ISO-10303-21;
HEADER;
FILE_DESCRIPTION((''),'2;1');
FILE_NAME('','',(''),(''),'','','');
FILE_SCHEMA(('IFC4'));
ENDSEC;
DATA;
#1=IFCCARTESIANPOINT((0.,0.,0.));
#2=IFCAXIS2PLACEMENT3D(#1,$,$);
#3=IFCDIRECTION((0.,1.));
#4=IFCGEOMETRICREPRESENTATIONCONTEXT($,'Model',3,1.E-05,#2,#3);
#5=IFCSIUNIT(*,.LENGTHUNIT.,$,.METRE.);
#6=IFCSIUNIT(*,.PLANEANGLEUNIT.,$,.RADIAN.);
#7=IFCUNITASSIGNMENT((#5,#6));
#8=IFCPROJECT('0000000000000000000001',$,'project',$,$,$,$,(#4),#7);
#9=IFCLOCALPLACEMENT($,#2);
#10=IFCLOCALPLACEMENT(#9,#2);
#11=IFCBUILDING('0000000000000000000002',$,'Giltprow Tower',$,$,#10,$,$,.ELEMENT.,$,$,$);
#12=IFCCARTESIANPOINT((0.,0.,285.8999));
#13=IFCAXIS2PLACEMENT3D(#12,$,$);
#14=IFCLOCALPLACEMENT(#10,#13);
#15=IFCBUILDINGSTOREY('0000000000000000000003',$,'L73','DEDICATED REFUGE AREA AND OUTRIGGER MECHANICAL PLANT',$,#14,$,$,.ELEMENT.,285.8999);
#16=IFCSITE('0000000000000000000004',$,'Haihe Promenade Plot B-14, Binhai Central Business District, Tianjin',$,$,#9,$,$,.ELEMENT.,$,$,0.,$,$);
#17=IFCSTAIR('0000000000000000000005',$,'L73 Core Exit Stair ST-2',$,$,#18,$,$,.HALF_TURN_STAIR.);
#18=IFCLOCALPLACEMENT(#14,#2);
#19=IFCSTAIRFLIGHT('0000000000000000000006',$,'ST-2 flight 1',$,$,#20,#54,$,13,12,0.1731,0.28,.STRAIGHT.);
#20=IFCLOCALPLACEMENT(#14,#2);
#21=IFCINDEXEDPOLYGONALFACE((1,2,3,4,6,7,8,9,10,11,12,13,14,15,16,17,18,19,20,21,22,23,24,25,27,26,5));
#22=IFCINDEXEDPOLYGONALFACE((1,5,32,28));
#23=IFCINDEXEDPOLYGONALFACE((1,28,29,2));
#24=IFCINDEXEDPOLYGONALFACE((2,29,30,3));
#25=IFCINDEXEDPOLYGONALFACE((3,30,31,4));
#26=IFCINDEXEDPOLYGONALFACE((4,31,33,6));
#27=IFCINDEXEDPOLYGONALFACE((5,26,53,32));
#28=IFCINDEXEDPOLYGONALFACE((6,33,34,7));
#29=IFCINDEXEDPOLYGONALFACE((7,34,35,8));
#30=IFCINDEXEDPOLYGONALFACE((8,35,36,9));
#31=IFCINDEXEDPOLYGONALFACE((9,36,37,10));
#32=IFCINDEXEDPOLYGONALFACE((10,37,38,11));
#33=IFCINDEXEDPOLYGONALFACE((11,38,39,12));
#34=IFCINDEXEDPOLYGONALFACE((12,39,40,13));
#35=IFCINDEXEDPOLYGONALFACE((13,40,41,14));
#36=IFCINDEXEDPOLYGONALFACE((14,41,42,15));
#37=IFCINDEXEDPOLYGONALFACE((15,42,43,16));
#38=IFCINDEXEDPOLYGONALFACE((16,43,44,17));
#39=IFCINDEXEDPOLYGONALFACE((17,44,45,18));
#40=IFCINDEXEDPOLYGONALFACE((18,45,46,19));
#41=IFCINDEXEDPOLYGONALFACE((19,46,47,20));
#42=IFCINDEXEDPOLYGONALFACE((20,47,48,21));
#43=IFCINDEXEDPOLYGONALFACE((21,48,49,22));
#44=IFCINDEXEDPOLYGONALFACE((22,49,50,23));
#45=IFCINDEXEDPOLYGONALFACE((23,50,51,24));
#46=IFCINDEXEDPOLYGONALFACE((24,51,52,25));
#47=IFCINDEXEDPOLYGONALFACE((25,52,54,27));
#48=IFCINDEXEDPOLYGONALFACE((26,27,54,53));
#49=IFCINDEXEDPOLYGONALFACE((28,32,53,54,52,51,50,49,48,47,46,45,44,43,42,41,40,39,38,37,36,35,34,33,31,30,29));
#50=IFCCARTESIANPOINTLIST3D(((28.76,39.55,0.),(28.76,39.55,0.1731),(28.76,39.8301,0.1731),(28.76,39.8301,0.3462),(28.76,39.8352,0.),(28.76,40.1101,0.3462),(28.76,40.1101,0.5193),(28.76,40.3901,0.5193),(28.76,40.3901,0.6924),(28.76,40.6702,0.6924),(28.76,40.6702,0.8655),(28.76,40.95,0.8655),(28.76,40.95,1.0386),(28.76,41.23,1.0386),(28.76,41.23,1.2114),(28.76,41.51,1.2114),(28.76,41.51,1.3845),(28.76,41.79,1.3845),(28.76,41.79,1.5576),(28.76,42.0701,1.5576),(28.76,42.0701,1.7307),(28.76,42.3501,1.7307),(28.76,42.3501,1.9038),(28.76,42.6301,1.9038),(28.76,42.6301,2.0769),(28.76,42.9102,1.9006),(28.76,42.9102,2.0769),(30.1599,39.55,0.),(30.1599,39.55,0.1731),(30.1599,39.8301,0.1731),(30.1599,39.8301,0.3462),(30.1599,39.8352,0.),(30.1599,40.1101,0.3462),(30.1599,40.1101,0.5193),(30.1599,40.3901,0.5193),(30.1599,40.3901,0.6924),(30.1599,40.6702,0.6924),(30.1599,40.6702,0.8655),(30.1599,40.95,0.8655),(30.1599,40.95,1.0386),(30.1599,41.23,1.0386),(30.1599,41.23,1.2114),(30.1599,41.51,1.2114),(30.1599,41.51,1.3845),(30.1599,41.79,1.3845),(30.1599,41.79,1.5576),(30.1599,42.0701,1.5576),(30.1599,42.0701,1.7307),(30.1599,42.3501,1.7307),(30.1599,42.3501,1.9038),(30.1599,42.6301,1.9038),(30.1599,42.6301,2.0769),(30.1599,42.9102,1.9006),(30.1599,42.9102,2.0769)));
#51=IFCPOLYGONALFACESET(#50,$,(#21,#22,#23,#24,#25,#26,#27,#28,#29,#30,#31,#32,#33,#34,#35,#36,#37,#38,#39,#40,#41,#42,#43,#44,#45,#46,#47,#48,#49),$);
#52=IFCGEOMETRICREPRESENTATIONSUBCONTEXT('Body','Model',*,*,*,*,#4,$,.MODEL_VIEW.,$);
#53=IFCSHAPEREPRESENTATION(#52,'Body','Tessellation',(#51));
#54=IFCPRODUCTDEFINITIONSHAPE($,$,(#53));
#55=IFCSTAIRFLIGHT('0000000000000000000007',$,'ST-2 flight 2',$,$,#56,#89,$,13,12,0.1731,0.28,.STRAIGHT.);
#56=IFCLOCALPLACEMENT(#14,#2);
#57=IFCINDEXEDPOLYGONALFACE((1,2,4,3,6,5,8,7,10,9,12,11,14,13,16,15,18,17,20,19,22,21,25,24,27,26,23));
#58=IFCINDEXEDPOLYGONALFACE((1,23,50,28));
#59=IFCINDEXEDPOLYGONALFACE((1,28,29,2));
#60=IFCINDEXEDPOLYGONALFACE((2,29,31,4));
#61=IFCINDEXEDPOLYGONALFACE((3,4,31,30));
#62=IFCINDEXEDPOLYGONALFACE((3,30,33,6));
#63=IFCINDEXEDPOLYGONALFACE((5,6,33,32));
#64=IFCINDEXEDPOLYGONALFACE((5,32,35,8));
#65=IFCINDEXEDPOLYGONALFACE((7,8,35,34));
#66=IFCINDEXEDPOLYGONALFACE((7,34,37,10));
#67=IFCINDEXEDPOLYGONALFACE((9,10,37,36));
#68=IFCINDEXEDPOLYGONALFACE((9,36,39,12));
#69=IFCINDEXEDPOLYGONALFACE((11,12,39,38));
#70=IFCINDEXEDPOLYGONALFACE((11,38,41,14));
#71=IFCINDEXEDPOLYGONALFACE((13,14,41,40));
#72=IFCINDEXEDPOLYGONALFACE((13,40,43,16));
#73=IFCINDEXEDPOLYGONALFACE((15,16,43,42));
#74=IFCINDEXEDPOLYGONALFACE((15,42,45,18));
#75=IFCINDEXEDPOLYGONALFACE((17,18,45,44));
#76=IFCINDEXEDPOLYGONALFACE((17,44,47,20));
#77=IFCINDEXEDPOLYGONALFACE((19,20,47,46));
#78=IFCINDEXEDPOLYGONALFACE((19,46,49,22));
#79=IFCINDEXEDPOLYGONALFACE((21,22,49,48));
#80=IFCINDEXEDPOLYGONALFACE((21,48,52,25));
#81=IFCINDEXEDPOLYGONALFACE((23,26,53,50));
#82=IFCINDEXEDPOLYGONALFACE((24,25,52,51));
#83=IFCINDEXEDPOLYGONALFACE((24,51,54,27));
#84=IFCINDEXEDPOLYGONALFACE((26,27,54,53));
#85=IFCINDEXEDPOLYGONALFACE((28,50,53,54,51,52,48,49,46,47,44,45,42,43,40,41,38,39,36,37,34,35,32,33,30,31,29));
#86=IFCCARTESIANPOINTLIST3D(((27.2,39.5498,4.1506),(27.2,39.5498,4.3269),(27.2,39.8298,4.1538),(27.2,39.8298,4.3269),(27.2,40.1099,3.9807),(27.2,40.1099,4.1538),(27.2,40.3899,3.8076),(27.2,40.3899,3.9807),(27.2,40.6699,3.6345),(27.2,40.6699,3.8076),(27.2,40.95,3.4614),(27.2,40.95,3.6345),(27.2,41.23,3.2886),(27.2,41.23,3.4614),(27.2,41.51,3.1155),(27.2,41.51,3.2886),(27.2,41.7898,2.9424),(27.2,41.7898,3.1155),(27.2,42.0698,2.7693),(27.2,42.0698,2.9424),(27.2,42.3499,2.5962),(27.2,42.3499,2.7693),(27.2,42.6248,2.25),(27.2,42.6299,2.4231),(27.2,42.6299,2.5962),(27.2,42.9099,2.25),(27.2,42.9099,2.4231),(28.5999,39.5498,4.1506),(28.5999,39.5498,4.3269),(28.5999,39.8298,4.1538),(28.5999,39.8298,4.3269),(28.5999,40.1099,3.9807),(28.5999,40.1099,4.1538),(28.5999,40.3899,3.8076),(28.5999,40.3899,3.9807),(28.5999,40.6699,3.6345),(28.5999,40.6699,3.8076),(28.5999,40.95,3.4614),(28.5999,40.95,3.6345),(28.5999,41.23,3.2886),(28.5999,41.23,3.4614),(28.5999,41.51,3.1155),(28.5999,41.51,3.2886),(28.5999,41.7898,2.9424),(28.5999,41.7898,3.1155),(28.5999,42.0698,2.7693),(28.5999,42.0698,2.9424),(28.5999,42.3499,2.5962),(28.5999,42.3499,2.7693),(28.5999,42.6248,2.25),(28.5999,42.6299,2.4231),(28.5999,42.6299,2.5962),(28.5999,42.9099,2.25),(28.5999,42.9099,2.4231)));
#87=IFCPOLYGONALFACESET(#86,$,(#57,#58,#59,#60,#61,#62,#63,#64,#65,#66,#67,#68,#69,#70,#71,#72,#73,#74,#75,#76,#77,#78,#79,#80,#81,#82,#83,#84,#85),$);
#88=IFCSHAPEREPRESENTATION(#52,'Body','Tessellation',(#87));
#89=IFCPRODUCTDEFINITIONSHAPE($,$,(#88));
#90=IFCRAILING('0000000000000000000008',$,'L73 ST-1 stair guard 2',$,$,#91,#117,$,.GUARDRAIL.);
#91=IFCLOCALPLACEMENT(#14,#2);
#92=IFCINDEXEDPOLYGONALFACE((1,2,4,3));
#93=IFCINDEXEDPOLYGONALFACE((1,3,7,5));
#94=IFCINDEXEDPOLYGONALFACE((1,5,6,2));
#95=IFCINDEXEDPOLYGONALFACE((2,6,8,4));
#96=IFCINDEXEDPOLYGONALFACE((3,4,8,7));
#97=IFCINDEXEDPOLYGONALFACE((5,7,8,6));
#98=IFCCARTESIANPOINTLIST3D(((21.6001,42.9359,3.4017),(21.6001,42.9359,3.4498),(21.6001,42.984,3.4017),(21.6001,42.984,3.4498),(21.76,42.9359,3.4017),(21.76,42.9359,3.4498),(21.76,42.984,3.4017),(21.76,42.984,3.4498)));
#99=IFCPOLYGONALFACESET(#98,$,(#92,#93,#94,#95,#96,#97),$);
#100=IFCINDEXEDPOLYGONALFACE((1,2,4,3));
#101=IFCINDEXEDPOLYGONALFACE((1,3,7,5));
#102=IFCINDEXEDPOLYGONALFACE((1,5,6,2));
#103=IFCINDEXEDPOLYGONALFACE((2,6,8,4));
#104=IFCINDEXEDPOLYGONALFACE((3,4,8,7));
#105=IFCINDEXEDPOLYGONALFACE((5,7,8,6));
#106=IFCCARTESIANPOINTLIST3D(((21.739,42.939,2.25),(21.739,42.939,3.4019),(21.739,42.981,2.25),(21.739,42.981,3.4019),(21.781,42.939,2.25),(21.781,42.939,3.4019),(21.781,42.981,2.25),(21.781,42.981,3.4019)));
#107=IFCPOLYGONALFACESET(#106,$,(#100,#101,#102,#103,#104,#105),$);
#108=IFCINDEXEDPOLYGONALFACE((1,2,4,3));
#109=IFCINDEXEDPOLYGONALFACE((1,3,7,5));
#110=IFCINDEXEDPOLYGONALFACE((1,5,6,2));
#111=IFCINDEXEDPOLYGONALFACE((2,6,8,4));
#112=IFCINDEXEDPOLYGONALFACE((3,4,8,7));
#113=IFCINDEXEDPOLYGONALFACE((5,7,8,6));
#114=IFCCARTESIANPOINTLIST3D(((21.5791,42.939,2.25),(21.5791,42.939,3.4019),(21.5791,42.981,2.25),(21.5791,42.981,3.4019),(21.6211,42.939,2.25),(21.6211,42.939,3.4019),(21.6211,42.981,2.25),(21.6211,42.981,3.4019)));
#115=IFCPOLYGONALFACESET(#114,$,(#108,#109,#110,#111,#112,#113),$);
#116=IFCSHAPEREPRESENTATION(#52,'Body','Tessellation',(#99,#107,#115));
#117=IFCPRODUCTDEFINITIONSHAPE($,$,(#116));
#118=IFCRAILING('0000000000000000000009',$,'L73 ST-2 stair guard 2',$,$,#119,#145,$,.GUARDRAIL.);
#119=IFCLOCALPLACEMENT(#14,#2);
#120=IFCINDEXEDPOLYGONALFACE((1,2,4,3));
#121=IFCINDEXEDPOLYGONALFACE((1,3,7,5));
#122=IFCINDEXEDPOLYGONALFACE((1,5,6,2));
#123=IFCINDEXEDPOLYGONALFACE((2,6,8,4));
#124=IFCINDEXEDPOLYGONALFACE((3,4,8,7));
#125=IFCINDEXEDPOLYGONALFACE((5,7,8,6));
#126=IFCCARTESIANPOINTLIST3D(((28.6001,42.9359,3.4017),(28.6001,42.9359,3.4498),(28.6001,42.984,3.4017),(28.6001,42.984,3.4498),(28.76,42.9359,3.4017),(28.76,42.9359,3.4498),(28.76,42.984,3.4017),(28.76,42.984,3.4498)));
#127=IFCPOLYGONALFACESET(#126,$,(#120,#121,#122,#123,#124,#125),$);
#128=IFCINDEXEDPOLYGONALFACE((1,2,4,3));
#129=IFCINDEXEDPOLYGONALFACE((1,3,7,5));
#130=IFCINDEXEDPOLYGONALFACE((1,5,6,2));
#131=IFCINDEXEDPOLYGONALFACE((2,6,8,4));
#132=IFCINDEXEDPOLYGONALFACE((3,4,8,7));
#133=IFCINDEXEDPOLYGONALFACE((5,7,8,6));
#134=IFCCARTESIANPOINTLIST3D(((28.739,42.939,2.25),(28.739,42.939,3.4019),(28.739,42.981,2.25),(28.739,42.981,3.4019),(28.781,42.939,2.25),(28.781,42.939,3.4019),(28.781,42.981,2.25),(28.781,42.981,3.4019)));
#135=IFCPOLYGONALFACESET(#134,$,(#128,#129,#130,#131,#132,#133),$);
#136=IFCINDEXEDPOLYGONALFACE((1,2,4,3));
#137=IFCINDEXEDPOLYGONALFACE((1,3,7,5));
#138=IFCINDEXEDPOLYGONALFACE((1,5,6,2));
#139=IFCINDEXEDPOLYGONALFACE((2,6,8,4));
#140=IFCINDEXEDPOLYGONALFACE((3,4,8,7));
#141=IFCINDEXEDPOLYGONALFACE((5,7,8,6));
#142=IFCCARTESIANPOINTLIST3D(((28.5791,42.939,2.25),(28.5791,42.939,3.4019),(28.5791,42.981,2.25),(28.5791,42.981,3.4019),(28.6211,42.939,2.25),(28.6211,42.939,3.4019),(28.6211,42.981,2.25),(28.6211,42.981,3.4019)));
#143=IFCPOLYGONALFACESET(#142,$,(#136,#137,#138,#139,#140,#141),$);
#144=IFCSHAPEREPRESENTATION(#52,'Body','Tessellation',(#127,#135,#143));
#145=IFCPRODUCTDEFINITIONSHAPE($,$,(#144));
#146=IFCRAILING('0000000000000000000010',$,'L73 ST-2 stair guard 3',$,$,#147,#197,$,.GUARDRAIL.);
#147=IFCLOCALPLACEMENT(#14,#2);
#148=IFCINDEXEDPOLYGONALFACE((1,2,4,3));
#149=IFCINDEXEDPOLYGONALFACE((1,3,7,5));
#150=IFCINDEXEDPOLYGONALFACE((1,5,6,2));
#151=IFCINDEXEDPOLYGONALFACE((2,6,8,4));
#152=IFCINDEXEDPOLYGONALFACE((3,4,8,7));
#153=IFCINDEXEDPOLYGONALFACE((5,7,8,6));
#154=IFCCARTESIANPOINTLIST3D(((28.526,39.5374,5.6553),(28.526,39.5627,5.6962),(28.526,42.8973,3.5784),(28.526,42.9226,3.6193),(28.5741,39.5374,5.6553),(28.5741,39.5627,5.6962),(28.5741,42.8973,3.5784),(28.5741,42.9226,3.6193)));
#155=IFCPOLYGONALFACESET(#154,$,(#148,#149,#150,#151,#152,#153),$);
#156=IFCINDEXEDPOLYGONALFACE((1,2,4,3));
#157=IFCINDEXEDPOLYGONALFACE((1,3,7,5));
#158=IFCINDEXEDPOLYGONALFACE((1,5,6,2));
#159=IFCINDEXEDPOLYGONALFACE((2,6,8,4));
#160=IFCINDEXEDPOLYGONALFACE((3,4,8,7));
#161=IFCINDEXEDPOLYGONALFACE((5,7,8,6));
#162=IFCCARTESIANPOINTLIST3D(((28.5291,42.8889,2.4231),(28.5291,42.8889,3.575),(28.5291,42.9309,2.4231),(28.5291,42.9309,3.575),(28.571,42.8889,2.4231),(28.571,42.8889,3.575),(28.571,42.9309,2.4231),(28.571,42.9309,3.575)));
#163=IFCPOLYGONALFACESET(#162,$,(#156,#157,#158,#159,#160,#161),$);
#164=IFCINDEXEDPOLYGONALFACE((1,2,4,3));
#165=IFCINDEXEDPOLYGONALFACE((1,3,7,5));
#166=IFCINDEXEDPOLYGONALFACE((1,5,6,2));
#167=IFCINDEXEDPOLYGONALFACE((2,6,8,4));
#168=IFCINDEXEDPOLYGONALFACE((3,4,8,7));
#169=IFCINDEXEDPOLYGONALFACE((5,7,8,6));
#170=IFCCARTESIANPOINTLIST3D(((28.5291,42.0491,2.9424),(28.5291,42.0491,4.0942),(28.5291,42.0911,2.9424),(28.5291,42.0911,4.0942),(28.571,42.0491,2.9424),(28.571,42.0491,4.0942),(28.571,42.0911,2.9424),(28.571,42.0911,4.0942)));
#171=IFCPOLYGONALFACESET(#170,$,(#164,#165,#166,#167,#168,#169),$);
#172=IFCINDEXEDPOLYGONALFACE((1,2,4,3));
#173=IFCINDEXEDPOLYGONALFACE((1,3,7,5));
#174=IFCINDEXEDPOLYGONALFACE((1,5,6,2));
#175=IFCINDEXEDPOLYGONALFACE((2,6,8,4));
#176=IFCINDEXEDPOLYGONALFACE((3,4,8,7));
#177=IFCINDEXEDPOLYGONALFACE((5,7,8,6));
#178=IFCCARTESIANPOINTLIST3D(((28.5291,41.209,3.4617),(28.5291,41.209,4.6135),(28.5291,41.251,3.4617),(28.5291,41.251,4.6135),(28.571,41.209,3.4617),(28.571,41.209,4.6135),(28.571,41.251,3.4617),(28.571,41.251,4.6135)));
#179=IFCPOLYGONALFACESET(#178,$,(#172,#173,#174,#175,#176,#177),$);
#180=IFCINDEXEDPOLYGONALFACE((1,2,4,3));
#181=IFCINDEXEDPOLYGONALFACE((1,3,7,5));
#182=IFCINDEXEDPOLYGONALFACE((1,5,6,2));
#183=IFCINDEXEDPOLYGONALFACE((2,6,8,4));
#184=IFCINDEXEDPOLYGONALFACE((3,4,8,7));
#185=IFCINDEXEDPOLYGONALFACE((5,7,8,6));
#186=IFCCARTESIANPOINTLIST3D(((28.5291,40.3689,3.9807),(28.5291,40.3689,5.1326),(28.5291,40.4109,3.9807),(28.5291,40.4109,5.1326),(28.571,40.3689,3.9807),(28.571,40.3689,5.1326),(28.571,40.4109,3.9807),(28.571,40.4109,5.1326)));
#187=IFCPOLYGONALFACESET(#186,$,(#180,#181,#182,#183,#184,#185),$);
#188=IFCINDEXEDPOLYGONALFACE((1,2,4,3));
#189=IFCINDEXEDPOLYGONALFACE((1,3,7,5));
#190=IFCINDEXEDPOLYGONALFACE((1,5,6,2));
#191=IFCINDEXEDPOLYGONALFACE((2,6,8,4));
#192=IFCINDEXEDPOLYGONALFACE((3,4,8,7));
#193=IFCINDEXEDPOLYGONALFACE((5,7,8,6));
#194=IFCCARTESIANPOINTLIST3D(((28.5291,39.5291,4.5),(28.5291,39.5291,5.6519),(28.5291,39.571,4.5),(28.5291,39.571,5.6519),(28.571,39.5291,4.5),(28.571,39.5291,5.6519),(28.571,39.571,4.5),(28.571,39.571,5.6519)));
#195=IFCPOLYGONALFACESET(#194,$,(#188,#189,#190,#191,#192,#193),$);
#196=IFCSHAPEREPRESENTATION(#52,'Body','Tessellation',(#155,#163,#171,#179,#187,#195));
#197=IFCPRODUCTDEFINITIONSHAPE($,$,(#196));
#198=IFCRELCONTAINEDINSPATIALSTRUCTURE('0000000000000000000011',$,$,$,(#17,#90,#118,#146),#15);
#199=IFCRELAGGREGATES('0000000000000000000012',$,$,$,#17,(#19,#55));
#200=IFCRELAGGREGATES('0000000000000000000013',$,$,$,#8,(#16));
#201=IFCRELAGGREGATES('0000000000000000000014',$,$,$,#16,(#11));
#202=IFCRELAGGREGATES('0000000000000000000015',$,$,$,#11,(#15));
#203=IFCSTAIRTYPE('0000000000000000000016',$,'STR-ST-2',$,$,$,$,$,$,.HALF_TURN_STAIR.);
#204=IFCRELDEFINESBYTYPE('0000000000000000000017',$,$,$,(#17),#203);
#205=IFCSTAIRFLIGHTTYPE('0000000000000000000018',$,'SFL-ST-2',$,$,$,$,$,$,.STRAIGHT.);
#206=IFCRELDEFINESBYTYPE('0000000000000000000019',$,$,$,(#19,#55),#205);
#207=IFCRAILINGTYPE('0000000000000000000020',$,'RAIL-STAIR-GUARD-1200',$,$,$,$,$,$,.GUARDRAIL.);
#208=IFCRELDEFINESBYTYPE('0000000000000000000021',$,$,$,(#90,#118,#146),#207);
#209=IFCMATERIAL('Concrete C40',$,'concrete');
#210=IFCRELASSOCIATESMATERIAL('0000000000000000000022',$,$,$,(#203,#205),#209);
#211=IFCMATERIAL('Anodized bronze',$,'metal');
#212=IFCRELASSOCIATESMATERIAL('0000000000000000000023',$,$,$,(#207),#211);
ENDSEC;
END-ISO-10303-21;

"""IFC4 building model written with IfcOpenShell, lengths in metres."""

from ifc_helpers import new_model, si_unit, direction, frame, origin, origin_2d, place, context, subcontext, project, spatial, polyline, rectangle, outline, extrude, material, type_object, element, aggregate, save


model = new_model("IFC4")

# Units and contexts
model_context = context("Model", 3, precision=1e-05, world=origin(), true_north=direction((0.0, 1.0)))
body_context = subcontext(model_context, "Body", "Model", "MODEL_VIEW")
ifc_project = project(units=[si_unit("LENGTHUNIT", "METRE"), si_unit("PLANEANGLEUNIT", "RADIAN")], contexts=[model_context])

# Site, building, storey
site_placement = place(None, origin())
site = spatial("IfcSite", under=ifc_project, at=site_placement, Name="Haihe Promenade Plot B-14, Binhai Central Business District, Tianjin", CompositionType="ELEMENT", RefElevation=0.0)
building_placement = place(site_placement, origin())
building = spatial("IfcBuilding", under=site, at=building_placement, Name="Giltprow Tower", CompositionType="ELEMENT")
storey_placement = place(building_placement, frame((0.0, 0.0, 285.8999)))
storey = spatial("IfcBuildingStorey", under=building, at=storey_placement, Name="L73", Description="DEDICATED REFUGE AREA AND OUTRIGGER MECHANICAL PLANT", CompositionType="ELEMENT", Elevation=285.8999)

# Shared definitions
ifc_material_1 = material(Name="Concrete C40", Category="concrete")

# Stair, stair flights
stair_type = type_object("IfcStairType", Name="STR-ST-2", PredefinedType="HALF_TURN_STAIR", material=ifc_material_1)
stair_placement = place(storey_placement, origin())
stair = element("IfcStair", 1, at=stair_placement, inside=storey, type_object=stair_type, Name="L73 Core Exit Stair ST-2", PredefinedType="HALF_TURN_STAIR")
stair_flight_type = type_object("IfcStairFlightType", Name="SFL-ST-2", PredefinedType="STRAIGHT", material=ifc_material_1)
stair_flight_1_placement = place(storey_placement, frame((29.46, 39.55, 0.0), z_axis=(0.0, 0.0, 1.0), x_axis=(0.0, 1.0, 0.0)))
stair_flight_1 = element("IfcStairFlight", 2, at=stair_flight_1_placement, type_object=stair_flight_type, Name="ST-2 flight 1", NumberOfRisers=13, NumberOfTreads=12, PredefinedType="STRAIGHT", RiserHeight=0.1731, TreadLength=0.28, context=body_context, shape_type="SweptSolid", body=[
    extrude(outline(polyline([(0.0, 0.0), (0.0, 0.1731), (0.28, 0.1731), (0.28, 0.3462), (0.5601, 0.3462), (0.5601, 0.5193), (0.8401, 0.5193), (0.8401, 0.6924), (1.1201, 0.6924), (1.1201, 0.8655), (1.3999, 0.8655), (1.3999, 1.0386), (1.6799, 1.0386), (1.6799, 1.2114), (1.96, 1.2114), (1.96, 1.3845), (2.24, 1.3845), (2.24, 1.5576), (2.52, 1.5576), (2.52, 1.7307), (2.8, 1.7307), (2.8, 1.9038), (3.0801, 1.9038), (3.0801, 2.0769), (3.3601, 2.0769), (3.3601, 2.25), (3.3601, 1.9006), (0.2852, 0.0), (0.0, 0.0)])), frame((0.0, 0.7, 0.0), z_axis=(0.0, -1.0, 0.0), x_axis=(1.0, 0.0, 0.0)), (0.0, 0.0, 1.0), 1.3999),
])
stair_flight_2_placement = place(storey_placement, frame((27.8999, 42.9099, 2.25), z_axis=(0.0, 0.0, 1.0), x_axis=(0.0, -1.0, 0.0)))
stair_flight_2 = element("IfcStairFlight", 3, at=stair_flight_2_placement, type_object=stair_flight_type, Name="ST-2 flight 2", NumberOfRisers=13, NumberOfTreads=12, PredefinedType="STRAIGHT", RiserHeight=0.1731, TreadLength=0.28, context=body_context, shape_type="SweptSolid", body=[
    extrude(outline(polyline([(0.0, 0.0), (0.0, 0.1731), (0.28, 0.1731), (0.28, 0.3462), (0.5601, 0.3462), (0.5601, 0.5193), (0.8401, 0.5193), (0.8401, 0.6924), (1.1201, 0.6924), (1.1201, 0.8655), (1.3999, 0.8655), (1.3999, 1.0386), (1.6799, 1.0386), (1.6799, 1.2114), (1.96, 1.2114), (1.96, 1.3845), (2.24, 1.3845), (2.24, 1.5576), (2.52, 1.5576), (2.52, 1.7307), (2.8, 1.7307), (2.8, 1.9038), (3.0801, 1.9038), (3.0801, 2.0769), (3.3601, 2.0769), (3.3601, 2.25), (3.3601, 1.9006), (0.2852, 0.0), (0.0, 0.0)])), frame((0.0, 0.7, 0.0), z_axis=(0.0, -1.0, 0.0), x_axis=(1.0, 0.0, 0.0)), (0.0, 0.0, 1.0), 1.3999),
])
aggregate(stair, [stair_flight_1, stair_flight_2])

# Railings
ifc_material_2 = material(Name="Anodized bronze", Category="metal")
railing_type_1 = type_object("IfcRailingType", Name="RAIL-STAIR-GUARD-1200", PredefinedType="GUARDRAIL", material=ifc_material_2)
for number, where, name in (
    (4, (21.76, 42.96, 2.25), "L73 ST-1 stair guard 2"),
    (5, (28.76, 42.96, 2.25), "L73 ST-2 stair guard 2"),
):
    element("IfcRailing", number, at=place(storey_placement, frame(where)), inside=storey, type_object=railing_type_1, Name=name, PredefinedType="GUARDRAIL", context=body_context, shape_type="SweptSolid", body=[
        extrude(rectangle(XDim=0.0481, YDim=0.0481, at=origin_2d()), frame((0.0, 0.0, 1.1758), z_axis=(-1.0, 0.0, 0.0), x_axis=(0.0, -1.0, 0.0)), (0.0, 0.0, 1.0), 0.1599),
        extrude(rectangle(XDim=0.042, YDim=0.042, at=origin_2d()), origin(), (0.0, 0.0, 1.0), 1.1519),
        extrude(rectangle(XDim=0.042, YDim=0.042, at=origin_2d()), frame((-0.1599, 0.0, 0.0)), (0.0, 0.0, 1.0), 1.1519),
    ])
railing_1_placement = place(storey_placement, frame((28.55, 42.9099, 2.4231)))
element("IfcRailing", 6, at=railing_1_placement, inside=storey, type_object=railing_type_1, Name="L73 ST-2 stair guard 3", PredefinedType="GUARDRAIL", context=body_context, shape_type="SweptSolid", body=[
    extrude(rectangle(XDim=0.0481, YDim=0.0481, at=origin_2d()), frame((0.0, 0.0, 1.1758), z_axis=(0.0, -0.850606, 0.525803), x_axis=(1.0, 0.0, 0.0)), (0.0, 0.0, 1.0), 3.95),
    extrude(rectangle(XDim=0.042, YDim=0.042, at=origin_2d()), origin(), (0.0, 0.0, 1.0), 1.1519),
    extrude(rectangle(XDim=0.042, YDim=0.042, at=origin_2d()), frame((0.0, -0.8398, 0.5193)), (0.0, 0.0, 1.0), 1.1519),
    extrude(rectangle(XDim=0.042, YDim=0.042, at=origin_2d()), frame((0.0, -1.6799, 1.0386)), (0.0, 0.0, 1.0), 1.1519),
    extrude(rectangle(XDim=0.042, YDim=0.042, at=origin_2d()), frame((0.0, -2.52, 1.5576)), (0.0, 0.0, 1.0), 1.1519),
    extrude(rectangle(XDim=0.042, YDim=0.042, at=origin_2d()), frame((0.0, -3.3599, 2.0769)), (0.0, 0.0, 1.0), 1.1519),
])

save(model, "model.ifc")
